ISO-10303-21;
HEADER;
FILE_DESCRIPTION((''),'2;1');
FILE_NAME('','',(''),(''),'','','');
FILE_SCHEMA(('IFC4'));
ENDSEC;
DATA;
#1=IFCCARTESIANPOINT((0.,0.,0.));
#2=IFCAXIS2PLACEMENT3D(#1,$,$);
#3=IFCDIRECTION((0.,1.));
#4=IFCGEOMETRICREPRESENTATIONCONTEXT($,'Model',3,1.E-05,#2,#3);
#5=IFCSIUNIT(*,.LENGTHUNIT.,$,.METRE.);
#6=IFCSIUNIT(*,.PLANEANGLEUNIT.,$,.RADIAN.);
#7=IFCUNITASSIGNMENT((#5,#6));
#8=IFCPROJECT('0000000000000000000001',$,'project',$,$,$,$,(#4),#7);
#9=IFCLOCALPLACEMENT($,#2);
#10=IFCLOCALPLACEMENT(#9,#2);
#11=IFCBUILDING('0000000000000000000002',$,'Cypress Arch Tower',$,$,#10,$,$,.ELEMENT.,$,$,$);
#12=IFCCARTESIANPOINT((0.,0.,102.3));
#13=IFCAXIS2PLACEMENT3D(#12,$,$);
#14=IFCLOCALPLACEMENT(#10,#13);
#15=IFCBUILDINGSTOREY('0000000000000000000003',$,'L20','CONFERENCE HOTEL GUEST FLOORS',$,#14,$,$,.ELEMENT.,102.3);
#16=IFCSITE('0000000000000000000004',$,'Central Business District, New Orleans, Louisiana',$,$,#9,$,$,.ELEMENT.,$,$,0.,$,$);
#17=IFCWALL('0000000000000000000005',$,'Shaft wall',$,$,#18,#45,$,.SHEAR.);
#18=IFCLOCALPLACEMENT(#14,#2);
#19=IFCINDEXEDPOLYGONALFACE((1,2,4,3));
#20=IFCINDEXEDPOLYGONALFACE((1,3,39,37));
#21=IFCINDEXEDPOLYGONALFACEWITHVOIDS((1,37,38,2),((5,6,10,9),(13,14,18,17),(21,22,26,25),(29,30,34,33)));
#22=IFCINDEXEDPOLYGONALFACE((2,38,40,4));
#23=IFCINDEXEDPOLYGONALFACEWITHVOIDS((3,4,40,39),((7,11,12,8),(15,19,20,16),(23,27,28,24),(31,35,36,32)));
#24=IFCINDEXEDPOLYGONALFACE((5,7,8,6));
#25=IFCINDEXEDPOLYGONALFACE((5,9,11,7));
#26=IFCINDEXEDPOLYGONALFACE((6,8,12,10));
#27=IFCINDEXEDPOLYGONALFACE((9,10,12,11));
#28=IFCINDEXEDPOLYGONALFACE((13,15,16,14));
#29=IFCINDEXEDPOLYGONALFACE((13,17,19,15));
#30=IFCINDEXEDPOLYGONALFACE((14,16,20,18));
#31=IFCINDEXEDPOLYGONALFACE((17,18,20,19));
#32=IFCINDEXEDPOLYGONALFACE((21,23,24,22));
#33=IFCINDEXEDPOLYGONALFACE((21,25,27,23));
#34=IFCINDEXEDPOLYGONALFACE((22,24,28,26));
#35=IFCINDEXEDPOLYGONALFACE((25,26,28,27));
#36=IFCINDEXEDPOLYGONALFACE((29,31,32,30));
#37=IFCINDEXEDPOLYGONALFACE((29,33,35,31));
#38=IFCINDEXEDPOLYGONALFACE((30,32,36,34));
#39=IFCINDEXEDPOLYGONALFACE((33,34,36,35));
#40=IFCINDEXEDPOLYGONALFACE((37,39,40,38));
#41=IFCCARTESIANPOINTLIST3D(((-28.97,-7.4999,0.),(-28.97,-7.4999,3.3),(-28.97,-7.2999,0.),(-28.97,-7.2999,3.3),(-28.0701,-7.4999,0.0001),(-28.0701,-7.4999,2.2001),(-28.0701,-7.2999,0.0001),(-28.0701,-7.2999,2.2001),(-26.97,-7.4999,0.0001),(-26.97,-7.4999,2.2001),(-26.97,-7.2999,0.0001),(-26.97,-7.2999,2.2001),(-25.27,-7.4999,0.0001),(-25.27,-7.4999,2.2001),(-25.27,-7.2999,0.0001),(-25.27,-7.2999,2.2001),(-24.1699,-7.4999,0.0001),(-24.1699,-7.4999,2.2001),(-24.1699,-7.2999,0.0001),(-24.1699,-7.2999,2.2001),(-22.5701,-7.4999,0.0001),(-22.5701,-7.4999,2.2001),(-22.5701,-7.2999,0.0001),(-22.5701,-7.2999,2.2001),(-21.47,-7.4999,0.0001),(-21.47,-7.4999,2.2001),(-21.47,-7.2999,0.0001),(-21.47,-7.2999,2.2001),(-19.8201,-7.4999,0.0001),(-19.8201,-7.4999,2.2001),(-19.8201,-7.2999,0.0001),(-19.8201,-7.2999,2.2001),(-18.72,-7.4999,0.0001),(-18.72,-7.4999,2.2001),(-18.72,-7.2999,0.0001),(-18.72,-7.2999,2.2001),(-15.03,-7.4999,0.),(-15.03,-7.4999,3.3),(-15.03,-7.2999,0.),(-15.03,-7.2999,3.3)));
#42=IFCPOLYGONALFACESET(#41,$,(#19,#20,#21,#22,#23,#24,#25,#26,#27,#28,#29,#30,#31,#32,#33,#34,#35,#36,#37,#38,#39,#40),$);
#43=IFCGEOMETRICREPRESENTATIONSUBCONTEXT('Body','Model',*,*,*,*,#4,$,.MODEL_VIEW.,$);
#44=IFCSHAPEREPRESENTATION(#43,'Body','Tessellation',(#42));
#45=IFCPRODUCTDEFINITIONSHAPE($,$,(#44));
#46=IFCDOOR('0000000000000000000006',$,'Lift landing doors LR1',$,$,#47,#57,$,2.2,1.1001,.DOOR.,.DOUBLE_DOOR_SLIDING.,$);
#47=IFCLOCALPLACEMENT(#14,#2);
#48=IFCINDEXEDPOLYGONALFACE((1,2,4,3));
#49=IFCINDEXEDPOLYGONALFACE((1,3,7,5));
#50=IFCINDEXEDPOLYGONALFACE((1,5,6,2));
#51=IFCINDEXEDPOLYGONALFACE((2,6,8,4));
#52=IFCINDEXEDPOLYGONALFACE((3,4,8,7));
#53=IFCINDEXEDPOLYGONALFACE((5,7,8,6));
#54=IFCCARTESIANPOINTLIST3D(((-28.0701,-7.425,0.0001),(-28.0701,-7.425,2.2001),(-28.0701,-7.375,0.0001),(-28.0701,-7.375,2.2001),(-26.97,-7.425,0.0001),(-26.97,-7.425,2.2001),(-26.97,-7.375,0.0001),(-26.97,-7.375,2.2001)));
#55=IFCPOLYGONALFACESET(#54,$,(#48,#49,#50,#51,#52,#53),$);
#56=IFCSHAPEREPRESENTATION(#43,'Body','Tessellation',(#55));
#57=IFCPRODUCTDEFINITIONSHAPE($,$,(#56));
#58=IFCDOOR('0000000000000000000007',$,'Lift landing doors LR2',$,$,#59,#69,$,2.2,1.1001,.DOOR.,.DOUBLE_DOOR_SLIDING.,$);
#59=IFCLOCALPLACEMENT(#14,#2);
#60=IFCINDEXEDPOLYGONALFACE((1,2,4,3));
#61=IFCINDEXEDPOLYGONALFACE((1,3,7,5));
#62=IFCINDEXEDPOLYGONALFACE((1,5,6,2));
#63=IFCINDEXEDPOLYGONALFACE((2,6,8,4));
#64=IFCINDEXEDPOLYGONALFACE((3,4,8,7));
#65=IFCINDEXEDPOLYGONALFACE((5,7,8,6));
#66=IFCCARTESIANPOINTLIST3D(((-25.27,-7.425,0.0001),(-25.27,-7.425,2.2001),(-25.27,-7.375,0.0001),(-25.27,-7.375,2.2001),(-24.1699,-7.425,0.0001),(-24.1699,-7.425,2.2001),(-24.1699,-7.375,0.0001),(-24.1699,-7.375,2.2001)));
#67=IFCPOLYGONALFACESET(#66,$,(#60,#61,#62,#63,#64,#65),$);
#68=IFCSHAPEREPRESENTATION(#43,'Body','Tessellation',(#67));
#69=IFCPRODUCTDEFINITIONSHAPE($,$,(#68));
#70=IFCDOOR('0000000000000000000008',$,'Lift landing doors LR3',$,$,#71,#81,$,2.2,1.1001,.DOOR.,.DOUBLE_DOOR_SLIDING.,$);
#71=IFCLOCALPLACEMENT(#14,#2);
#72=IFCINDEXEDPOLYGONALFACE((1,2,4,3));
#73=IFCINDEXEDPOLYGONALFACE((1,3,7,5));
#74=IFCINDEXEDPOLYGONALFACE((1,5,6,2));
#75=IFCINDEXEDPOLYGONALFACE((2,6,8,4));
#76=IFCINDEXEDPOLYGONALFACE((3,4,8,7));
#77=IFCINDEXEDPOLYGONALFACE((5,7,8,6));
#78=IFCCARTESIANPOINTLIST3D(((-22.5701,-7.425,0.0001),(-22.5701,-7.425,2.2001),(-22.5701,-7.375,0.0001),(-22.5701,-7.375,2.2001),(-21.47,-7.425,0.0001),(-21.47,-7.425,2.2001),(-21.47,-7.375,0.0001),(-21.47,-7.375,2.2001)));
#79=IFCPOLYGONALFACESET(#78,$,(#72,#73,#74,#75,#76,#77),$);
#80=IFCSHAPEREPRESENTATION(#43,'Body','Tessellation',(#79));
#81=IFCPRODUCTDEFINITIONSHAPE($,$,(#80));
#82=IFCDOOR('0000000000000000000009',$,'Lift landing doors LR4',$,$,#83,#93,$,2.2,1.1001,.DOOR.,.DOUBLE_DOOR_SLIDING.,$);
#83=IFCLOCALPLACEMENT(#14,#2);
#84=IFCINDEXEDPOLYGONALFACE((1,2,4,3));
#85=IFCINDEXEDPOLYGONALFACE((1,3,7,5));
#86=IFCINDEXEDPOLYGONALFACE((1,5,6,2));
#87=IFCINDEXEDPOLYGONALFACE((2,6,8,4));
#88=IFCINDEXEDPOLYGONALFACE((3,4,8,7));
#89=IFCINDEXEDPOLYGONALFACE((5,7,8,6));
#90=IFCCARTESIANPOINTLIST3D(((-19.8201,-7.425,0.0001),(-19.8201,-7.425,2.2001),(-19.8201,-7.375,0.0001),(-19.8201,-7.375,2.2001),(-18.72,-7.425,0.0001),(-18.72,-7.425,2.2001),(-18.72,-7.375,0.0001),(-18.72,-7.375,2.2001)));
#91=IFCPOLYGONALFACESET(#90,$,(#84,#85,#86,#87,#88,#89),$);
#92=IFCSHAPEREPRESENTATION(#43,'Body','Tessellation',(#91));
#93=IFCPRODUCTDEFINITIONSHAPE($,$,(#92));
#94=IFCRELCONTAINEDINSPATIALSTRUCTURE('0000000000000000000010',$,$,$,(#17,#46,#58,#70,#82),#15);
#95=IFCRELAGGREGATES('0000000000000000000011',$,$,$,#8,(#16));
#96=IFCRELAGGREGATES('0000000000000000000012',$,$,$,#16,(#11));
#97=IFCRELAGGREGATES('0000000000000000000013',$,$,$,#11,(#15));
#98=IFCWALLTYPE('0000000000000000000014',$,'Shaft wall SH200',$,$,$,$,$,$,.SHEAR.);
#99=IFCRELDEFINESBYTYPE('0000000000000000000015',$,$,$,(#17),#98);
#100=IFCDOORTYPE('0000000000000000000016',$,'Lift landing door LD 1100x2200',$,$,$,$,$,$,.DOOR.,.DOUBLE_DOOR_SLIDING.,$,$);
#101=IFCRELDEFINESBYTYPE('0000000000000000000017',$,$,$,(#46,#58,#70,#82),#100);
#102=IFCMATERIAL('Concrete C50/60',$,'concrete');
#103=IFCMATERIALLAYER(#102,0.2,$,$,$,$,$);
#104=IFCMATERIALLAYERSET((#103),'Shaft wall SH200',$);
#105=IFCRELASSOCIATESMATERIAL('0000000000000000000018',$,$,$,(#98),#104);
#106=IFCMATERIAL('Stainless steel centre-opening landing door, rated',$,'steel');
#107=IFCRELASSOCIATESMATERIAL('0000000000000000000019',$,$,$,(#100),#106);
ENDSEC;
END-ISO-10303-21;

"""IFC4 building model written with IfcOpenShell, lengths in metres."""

from ifc_helpers import new_model, si_unit, direction, frame, frame_2d, origin, place, context, subcontext, project, spatial, rectangle, extrude, material, layer, layer_set, type_object, element, fill, save


model = new_model("IFC4")

# Units and contexts
model_context = context("Model", 3, precision=1e-05, world=origin(), true_north=direction((0.0, 1.0)))
body_context = subcontext(model_context, "Body", "Model", "MODEL_VIEW")
ifc_project = project(units=[si_unit("LENGTHUNIT", "METRE"), si_unit("PLANEANGLEUNIT", "RADIAN")], contexts=[model_context])

# Site, building, storey
site_placement = place(None, origin())
site = spatial("IfcSite", under=ifc_project, at=site_placement, Name="Central Business District, New Orleans, Louisiana", CompositionType="ELEMENT", RefElevation=0.0)
building_placement = place(site_placement, origin())
building = spatial("IfcBuilding", under=site, at=building_placement, Name="Cypress Arch Tower", CompositionType="ELEMENT")
storey_placement = place(building_placement, frame((0.0, 0.0, 102.3)))
storey = spatial("IfcBuildingStorey", under=building, at=storey_placement, Name="L20", Description="CONFERENCE HOTEL GUEST FLOORS", CompositionType="ELEMENT", Elevation=102.3)

# Wall, openings, doors
ifc_material_1 = material(Name="Concrete C50/60", Category="concrete")
ifc_layer_1 = layer(ifc_material_1, 0.2)
ifc_layer_set_1 = layer_set([ifc_layer_1], Name="Shaft wall SH200")
wall_type_1 = type_object("IfcWallType", Name="Shaft wall SH200", PredefinedType="SHEAR", material=ifc_layer_set_1)
wall_1_placement = place(storey_placement, frame((-28.97, -7.3999, 0.0), z_axis=(0.0, 0.0, 1.0), x_axis=(1.0, 0.0, 0.0)))
wall_1 = element("IfcWall", 1, at=wall_1_placement, inside=storey, type_object=wall_type_1, Name="Shaft wall", PredefinedType="SHEAR", context=body_context, shape_type="SweptSolid", body=[
    extrude(rectangle(XDim=13.9399, YDim=0.2, at=frame_2d((6.97, 0.0))), origin(), (0.0, 0.0, 1.0), 3.3),
])
opening_1_placement = place(wall_1_placement, frame((0.8999, 0.0, 0.0)))
opening_1 = element("IfcOpeningElement", 2, at=opening_1_placement, cuts=wall_1, PredefinedType="OPENING", context=body_context, shape_type="SweptSolid", body=[
    extrude(rectangle(XDim=1.1001, YDim=2.2, at=frame_2d((0.55, 1.1001))), frame((0.0, 0.1099, 0.0), z_axis=(0.0, -1.0, 0.0), x_axis=(1.0, 0.0, 0.0)), (0.0, 0.0, 1.0), 0.22),
])
opening_2_placement = place(wall_1_placement, frame((3.7, 0.0, 0.0)))
opening_2 = element("IfcOpeningElement", 3, at=opening_2_placement, cuts=wall_1, PredefinedType="OPENING", context=body_context, shape_type="SweptSolid", body=[
    extrude(rectangle(XDim=1.1001, YDim=2.2, at=frame_2d((0.55, 1.1001))), frame((0.0, 0.1099, 0.0), z_axis=(0.0, -1.0, 0.0), x_axis=(1.0, 0.0, 0.0)), (0.0, 0.0, 1.0), 0.22),
])
opening_3_placement = place(wall_1_placement, frame((6.3999, 0.0, 0.0)))
opening_3 = element("IfcOpeningElement", 4, at=opening_3_placement, cuts=wall_1, PredefinedType="OPENING", context=body_context, shape_type="SweptSolid", body=[
    extrude(rectangle(XDim=1.1001, YDim=2.2, at=frame_2d((0.55, 1.1001))), frame((0.0, 0.1099, 0.0), z_axis=(0.0, -1.0, 0.0), x_axis=(1.0, 0.0, 0.0)), (0.0, 0.0, 1.0), 0.22),
])
opening_4_placement = place(wall_1_placement, frame((9.1499, 0.0, 0.0)))
opening_4 = element("IfcOpeningElement", 5, at=opening_4_placement, cuts=wall_1, PredefinedType="OPENING", context=body_context, shape_type="SweptSolid", body=[
    extrude(rectangle(XDim=1.1001, YDim=2.2, at=frame_2d((0.55, 1.1001))), frame((0.0, 0.1099, 0.0), z_axis=(0.0, -1.0, 0.0), x_axis=(1.0, 0.0, 0.0)), (0.0, 0.0, 1.0), 0.22),
])
ifc_material_2 = material(Name="Stainless steel centre-opening landing door, rated", Category="steel")
door_type_1 = type_object("IfcDoorType", Name="Lift landing door LD 1100x2200", OperationType="DOUBLE_DOOR_SLIDING", PredefinedType="DOOR", material=ifc_material_2)
door_1_placement = place(opening_1_placement, origin())
door_1 = element("IfcDoor", 6, at=door_1_placement, inside=storey, type_object=door_type_1, Name="Lift landing doors LR1", OperationType="DOUBLE_DOOR_SLIDING", OverallHeight=2.2, OverallWidth=1.1001, PredefinedType="DOOR", context=body_context, shape_type="SweptSolid", body=[
    extrude(rectangle(XDim=1.1001, YDim=2.2, at=frame_2d((0.55, 1.1001))), frame((0.0, 0.0249, 0.0), z_axis=(0.0, -1.0, 0.0), x_axis=(1.0, 0.0, 0.0)), (0.0, 0.0, 1.0), 0.05),
])
fill(opening_1, door_1)
door_2_placement = place(opening_2_placement, origin())
door_2 = element("IfcDoor", 7, at=door_2_placement, inside=storey, type_object=door_type_1, Name="Lift landing doors LR2", OperationType="DOUBLE_DOOR_SLIDING", OverallHeight=2.2, OverallWidth=1.1001, PredefinedType="DOOR", context=body_context, shape_type="SweptSolid", body=[
    extrude(rectangle(XDim=1.1001, YDim=2.2, at=frame_2d((0.55, 1.1001))), frame((0.0, 0.0249, 0.0), z_axis=(0.0, -1.0, 0.0), x_axis=(1.0, 0.0, 0.0)), (0.0, 0.0, 1.0), 0.05),
])
fill(opening_2, door_2)
door_3_placement = place(opening_3_placement, origin())
door_3 = element("IfcDoor", 8, at=door_3_placement, inside=storey, type_object=door_type_1, Name="Lift landing doors LR3", OperationType="DOUBLE_DOOR_SLIDING", OverallHeight=2.2, OverallWidth=1.1001, PredefinedType="DOOR", context=body_context, shape_type="SweptSolid", body=[
    extrude(rectangle(XDim=1.1001, YDim=2.2, at=frame_2d((0.55, 1.1001))), frame((0.0, 0.0249, 0.0), z_axis=(0.0, -1.0, 0.0), x_axis=(1.0, 0.0, 0.0)), (0.0, 0.0, 1.0), 0.05),
])
fill(opening_3, door_3)
door_4_placement = place(opening_4_placement, origin())
door_4 = element("IfcDoor", 9, at=door_4_placement, inside=storey, type_object=door_type_1, Name="Lift landing doors LR4", OperationType="DOUBLE_DOOR_SLIDING", OverallHeight=2.2, OverallWidth=1.1001, PredefinedType="DOOR", context=body_context, shape_type="SweptSolid", body=[
    extrude(rectangle(XDim=1.1001, YDim=2.2, at=frame_2d((0.55, 1.1001))), frame((0.0, 0.0249, 0.0), z_axis=(0.0, -1.0, 0.0), x_axis=(1.0, 0.0, 0.0)), (0.0, 0.0, 1.0), 0.05),
])
fill(opening_4, door_4)

save(model, "model.ifc")
